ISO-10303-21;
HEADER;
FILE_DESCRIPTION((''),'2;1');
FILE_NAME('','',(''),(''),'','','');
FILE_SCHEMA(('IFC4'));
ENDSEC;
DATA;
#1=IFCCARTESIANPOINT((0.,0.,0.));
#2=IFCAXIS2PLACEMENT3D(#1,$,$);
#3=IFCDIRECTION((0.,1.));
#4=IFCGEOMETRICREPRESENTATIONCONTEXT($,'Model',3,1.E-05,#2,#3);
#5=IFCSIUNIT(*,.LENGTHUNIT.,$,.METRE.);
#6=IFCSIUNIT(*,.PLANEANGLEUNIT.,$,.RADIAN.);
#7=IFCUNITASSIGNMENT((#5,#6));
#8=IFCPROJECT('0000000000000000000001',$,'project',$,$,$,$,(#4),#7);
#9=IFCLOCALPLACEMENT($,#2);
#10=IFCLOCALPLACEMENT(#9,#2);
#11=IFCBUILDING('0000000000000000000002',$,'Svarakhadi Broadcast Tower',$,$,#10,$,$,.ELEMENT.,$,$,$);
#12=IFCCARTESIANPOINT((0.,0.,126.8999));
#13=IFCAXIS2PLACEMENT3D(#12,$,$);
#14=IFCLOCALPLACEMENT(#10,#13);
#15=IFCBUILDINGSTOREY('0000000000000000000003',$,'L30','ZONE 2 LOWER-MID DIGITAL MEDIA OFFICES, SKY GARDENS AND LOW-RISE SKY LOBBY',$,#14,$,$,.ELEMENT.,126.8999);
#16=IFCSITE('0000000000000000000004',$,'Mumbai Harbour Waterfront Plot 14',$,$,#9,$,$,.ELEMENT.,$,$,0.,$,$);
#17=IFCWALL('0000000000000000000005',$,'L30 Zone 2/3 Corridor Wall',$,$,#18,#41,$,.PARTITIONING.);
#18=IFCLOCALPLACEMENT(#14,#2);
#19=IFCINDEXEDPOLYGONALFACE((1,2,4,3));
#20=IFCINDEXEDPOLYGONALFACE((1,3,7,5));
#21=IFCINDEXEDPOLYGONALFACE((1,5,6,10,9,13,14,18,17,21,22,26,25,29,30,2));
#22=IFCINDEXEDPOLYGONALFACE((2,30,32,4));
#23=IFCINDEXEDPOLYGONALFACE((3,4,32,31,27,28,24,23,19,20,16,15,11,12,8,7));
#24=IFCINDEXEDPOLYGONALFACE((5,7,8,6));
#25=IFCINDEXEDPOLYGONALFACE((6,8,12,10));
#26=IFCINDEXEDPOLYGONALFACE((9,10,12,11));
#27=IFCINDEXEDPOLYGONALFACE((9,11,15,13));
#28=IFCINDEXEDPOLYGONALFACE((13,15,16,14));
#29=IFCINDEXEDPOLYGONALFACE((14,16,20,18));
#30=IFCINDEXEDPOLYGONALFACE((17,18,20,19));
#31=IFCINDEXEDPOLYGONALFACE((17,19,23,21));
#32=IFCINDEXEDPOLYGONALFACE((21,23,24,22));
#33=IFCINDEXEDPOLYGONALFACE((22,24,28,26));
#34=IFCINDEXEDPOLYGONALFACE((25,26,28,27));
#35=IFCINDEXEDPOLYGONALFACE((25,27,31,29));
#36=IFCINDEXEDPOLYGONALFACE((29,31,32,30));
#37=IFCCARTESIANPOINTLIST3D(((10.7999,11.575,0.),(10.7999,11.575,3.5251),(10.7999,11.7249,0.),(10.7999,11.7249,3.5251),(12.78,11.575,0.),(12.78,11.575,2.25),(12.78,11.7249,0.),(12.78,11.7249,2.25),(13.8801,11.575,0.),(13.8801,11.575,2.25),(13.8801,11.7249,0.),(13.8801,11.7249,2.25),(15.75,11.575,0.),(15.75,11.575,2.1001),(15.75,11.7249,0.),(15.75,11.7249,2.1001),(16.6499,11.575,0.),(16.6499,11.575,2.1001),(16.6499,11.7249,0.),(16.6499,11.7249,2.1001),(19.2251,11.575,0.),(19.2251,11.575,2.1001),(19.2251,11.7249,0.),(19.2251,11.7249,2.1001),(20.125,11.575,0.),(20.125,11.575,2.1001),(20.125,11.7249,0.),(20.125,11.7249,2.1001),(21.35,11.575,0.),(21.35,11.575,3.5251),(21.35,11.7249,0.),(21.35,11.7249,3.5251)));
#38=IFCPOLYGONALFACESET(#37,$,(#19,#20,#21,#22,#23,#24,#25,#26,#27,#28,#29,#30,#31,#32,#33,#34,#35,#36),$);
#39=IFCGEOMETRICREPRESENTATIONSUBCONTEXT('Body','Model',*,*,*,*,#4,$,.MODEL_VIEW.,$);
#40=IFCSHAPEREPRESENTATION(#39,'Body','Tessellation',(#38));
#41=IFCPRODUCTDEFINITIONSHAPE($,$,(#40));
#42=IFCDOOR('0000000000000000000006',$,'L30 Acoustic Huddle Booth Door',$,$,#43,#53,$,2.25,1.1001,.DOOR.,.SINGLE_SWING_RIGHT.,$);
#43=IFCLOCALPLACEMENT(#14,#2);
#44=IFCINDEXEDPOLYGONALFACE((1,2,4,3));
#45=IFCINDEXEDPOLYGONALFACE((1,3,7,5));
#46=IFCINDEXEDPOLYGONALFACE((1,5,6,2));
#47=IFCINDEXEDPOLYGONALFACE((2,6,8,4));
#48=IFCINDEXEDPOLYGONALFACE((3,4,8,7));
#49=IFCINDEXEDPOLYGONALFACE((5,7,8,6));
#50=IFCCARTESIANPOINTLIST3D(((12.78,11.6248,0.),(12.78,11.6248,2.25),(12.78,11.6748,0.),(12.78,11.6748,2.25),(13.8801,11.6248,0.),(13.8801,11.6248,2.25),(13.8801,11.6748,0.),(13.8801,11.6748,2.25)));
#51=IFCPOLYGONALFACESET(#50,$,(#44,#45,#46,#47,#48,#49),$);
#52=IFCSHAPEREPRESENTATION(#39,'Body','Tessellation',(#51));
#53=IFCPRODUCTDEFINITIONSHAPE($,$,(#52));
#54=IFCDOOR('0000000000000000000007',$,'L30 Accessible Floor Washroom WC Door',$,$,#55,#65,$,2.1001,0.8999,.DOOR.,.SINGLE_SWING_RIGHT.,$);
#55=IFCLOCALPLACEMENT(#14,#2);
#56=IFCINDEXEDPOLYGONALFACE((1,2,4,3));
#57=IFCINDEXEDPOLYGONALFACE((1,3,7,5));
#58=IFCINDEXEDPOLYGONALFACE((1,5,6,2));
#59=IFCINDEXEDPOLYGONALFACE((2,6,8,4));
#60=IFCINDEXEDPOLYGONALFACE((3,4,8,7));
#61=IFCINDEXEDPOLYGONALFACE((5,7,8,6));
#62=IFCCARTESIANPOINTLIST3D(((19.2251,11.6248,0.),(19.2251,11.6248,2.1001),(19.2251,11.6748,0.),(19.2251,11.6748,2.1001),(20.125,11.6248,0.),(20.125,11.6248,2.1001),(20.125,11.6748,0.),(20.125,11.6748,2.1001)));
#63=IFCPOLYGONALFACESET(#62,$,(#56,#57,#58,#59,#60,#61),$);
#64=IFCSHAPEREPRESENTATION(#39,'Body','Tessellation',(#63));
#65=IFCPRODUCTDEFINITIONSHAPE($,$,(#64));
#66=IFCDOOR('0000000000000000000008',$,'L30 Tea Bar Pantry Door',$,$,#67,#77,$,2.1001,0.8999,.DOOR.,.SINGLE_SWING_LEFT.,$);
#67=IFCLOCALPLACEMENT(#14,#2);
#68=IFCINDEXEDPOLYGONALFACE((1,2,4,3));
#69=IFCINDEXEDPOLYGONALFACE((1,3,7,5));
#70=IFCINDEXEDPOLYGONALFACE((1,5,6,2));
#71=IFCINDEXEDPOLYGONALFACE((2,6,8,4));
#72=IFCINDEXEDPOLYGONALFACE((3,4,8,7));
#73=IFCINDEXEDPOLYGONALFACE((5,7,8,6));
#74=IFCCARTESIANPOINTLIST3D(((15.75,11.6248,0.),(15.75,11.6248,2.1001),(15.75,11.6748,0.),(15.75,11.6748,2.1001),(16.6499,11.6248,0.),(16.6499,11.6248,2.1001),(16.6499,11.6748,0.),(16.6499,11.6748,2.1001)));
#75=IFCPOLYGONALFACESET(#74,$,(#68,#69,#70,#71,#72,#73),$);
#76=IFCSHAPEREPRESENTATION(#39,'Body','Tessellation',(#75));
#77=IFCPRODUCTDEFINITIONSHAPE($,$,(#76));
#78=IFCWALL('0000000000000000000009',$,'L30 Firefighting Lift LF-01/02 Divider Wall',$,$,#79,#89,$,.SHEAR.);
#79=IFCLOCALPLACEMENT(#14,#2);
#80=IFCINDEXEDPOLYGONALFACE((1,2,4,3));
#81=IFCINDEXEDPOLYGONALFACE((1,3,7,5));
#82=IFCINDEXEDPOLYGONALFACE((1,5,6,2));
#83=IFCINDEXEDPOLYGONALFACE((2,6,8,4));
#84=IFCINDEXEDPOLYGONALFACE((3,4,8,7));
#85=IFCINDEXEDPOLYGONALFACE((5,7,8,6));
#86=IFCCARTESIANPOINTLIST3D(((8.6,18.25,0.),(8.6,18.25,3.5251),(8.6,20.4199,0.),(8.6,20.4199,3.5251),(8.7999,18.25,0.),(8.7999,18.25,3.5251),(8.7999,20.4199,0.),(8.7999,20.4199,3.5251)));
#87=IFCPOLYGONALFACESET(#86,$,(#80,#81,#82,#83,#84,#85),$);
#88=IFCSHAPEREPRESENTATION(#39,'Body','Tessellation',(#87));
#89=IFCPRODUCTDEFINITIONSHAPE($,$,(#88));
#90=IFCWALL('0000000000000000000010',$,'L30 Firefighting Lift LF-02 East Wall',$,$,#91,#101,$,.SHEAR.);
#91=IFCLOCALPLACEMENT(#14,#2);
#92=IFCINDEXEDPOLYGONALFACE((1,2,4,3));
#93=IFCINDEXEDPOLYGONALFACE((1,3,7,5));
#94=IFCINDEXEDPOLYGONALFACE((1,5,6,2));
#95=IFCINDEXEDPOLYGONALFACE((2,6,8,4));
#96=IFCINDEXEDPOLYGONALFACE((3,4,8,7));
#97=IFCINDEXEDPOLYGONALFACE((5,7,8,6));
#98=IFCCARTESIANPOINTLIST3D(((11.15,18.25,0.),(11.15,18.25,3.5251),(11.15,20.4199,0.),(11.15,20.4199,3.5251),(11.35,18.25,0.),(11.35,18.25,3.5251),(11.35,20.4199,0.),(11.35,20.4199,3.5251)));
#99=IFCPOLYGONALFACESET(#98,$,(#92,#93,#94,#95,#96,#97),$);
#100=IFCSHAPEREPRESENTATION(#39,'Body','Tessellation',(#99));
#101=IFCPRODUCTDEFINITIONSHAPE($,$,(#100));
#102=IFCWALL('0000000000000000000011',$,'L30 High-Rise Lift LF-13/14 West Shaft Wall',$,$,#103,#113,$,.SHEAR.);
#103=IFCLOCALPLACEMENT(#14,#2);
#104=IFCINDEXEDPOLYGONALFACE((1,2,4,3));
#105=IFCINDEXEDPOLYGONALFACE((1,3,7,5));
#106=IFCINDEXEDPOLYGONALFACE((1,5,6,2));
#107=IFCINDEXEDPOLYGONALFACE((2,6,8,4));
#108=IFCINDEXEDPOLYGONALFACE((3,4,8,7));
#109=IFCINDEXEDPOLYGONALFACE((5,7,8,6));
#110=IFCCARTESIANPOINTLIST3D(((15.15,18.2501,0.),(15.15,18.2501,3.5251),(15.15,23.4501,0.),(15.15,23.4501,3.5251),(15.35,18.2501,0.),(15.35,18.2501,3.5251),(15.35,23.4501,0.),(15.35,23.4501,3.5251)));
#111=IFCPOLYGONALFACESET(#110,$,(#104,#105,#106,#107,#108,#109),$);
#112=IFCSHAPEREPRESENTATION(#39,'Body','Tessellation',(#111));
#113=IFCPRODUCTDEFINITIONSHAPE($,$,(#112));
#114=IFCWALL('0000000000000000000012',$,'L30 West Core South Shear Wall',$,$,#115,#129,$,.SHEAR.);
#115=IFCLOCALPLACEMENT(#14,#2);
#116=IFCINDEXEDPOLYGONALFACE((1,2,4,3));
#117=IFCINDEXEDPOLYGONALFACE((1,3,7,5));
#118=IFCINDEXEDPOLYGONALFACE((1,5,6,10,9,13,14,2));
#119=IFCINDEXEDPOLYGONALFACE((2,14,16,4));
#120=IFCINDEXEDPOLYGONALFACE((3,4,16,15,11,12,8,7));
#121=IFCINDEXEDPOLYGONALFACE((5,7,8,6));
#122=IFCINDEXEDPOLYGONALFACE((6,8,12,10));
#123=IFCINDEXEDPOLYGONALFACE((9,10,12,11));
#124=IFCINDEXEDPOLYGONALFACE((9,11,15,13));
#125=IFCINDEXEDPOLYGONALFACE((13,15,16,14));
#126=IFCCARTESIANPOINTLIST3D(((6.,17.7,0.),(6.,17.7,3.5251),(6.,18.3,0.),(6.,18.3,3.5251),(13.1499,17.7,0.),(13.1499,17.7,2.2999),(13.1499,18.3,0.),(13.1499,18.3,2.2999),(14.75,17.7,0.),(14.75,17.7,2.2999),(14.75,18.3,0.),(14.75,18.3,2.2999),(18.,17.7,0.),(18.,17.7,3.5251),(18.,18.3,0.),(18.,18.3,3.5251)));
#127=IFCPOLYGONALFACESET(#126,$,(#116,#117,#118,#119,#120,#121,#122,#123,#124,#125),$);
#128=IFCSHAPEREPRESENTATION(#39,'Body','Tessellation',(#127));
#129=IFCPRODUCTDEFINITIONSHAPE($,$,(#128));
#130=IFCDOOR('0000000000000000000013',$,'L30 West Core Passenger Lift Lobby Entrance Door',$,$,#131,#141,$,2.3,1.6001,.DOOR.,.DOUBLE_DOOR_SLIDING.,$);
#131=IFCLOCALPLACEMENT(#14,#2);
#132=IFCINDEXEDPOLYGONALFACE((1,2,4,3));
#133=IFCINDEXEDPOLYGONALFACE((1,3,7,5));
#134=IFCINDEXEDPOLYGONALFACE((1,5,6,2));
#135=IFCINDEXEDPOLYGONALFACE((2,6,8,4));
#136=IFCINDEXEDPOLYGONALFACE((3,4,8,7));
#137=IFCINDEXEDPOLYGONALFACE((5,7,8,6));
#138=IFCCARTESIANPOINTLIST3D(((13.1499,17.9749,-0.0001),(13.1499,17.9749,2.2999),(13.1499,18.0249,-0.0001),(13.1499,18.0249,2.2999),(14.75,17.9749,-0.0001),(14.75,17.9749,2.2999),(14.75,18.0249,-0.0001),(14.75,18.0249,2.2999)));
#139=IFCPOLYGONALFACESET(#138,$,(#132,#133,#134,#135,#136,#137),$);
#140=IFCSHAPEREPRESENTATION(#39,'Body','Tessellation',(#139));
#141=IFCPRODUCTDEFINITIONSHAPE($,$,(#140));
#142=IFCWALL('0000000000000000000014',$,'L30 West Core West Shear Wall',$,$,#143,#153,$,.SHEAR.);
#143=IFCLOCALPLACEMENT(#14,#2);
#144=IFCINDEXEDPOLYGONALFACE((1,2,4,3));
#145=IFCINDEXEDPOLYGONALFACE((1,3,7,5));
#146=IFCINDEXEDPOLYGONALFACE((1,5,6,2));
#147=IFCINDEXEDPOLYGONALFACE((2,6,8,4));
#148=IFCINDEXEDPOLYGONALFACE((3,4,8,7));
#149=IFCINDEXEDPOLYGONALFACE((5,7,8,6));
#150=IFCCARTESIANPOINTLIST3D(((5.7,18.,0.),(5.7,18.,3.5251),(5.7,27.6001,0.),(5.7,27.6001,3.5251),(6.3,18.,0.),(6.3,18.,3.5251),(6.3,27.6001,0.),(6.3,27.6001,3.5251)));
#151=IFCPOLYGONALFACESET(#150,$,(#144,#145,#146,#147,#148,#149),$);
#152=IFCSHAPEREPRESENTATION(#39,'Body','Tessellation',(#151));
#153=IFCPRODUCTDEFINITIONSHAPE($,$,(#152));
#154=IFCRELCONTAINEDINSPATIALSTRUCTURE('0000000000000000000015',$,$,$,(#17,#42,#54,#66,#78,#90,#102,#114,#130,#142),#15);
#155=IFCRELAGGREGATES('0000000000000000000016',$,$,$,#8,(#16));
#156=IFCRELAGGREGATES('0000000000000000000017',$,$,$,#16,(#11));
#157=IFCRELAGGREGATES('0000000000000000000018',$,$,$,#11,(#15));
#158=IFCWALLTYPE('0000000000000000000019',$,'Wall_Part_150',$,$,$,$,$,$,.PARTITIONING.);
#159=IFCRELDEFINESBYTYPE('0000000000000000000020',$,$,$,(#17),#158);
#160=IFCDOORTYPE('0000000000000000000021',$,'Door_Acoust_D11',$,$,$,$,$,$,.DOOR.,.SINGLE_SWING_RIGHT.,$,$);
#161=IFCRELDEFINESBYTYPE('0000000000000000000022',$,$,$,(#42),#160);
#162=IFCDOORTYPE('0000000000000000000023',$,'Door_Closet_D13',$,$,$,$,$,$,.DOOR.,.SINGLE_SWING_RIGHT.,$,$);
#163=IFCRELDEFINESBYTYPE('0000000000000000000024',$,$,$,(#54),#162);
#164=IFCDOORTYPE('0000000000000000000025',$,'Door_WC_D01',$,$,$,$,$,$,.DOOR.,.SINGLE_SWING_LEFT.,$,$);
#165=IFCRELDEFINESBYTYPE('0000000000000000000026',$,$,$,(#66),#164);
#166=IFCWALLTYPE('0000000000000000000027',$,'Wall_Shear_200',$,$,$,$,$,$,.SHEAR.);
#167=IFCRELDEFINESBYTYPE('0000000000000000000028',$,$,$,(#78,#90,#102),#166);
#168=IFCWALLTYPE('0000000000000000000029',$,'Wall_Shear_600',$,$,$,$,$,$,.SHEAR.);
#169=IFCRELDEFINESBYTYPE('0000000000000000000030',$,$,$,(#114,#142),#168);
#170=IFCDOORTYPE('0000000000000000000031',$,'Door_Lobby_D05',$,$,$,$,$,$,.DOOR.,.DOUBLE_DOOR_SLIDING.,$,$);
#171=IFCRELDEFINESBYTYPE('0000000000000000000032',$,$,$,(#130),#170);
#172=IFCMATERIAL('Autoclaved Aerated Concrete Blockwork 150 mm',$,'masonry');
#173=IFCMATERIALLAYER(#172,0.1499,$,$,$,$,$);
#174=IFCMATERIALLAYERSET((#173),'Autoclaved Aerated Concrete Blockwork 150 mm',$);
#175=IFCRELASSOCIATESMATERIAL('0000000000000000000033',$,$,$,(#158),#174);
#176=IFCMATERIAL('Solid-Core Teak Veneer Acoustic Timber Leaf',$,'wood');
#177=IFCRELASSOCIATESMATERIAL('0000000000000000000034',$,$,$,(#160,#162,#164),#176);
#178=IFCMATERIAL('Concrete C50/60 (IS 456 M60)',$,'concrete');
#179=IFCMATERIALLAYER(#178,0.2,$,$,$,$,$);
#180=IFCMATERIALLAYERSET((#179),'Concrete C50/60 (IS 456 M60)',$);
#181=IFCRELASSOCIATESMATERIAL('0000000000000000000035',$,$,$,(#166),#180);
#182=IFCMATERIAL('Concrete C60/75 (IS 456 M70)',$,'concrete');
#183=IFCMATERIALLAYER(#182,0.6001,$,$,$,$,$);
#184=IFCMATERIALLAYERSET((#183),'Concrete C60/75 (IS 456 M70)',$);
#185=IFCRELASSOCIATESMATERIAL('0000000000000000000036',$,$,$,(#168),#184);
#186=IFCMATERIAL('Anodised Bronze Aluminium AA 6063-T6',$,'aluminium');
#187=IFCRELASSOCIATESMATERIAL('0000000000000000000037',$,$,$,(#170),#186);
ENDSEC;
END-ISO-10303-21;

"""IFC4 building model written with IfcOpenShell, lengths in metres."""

from ifc_helpers import new_model, si_unit, direction, frame, frame_2d, origin, place, context, subcontext, project, spatial, rectangle, extrude, material, layer, layer_set, type_object, element, fill, save


model = new_model("IFC4")

# Units and contexts
model_context = context("Model", 3, precision=1e-05, world=origin(), true_north=direction((0.0, 1.0)))
body_context = subcontext(model_context, "Body", "Model", "MODEL_VIEW")
ifc_project = project(units=[si_unit("LENGTHUNIT", "METRE"), si_unit("PLANEANGLEUNIT", "RADIAN")], contexts=[model_context])

# Site, building, storey
site_placement = place(None, origin())
site = spatial("IfcSite", under=ifc_project, at=site_placement, Name="Mumbai Harbour Waterfront Plot 14", CompositionType="ELEMENT", RefElevation=0.0)
building_placement = place(site_placement, origin())
building = spatial("IfcBuilding", under=site, at=building_placement, Name="Svarakhadi Broadcast Tower", CompositionType="ELEMENT")
storey_placement = place(building_placement, frame((0.0, 0.0, 126.8999)))
storey = spatial("IfcBuildingStorey", under=building, at=storey_placement, Name="L30", Description="ZONE 2 LOWER-MID DIGITAL MEDIA OFFICES, SKY GARDENS AND LOW-RISE SKY LOBBY", CompositionType="ELEMENT", Elevation=126.8999)

# Shared definitions
ifc_material_1 = material(Name="Concrete C50/60 (IS 456 M60)", Category="concrete")

# Shared definitions
ifc_material_2 = material(Name="Autoclaved Aerated Concrete Blockwork 150 mm", Category="masonry")
ifc_layer_1 = layer(ifc_material_2, 0.1499)
ifc_layer_set_1 = layer_set([ifc_layer_1], Name="Autoclaved Aerated Concrete Blockwork 150 mm")
wall_type_1 = type_object("IfcWallType", Name="Wall_Part_150", PredefinedType="PARTITIONING", material=ifc_layer_set_1)

# Shared definitions
ifc_material_3 = material(Name="Solid-Core Teak Veneer Acoustic Timber Leaf", Category="wood")

# Wall, openings, doors
wall_1_placement = place(storey_placement, frame((10.8, 11.6499, 0.0), z_axis=(0.0, 0.0, 1.0), x_axis=(1.0, 0.0, 0.0)))
wall_1 = element("IfcWall", 1, at=wall_1_placement, inside=storey, type_object=wall_type_1, Name="L30 Zone 2/3 Corridor Wall", PredefinedType="PARTITIONING", context=body_context, shape_type="SweptSolid", body=[
    extrude(rectangle(XDim=10.55, YDim=0.1499, at=frame_2d((5.2749, 0.0))), origin(), (0.0, 0.0, 1.0), 3.5251),
])
opening_1_placement = place(wall_1_placement, frame((1.98, 0.0, 0.0)))
opening_1 = element("IfcOpeningElement", 2, at=opening_1_placement, cuts=wall_1, PredefinedType="OPENING", context=body_context, shape_type="SweptSolid", body=[
    extrude(rectangle(XDim=1.1001, YDim=2.25, at=frame_2d((0.55, 1.125))), frame((0.0, 0.085, 0.0), z_axis=(0.0, -1.0, 0.0), x_axis=(1.0, 0.0, 0.0)), (0.0, 0.0, 1.0), 0.1699),
])
opening_2_placement = place(wall_1_placement, frame((4.95, 0.0, 0.0)))
opening_2 = element("IfcOpeningElement", 3, at=opening_2_placement, cuts=wall_1, PredefinedType="OPENING", context=body_context, shape_type="SweptSolid", body=[
    extrude(rectangle(XDim=0.8999, YDim=2.1001, at=frame_2d((0.45, 1.05))), frame((0.0, 0.085, 0.0), z_axis=(0.0, -1.0, 0.0), x_axis=(1.0, 0.0, 0.0)), (0.0, 0.0, 1.0), 0.1699),
])
opening_3_placement = place(wall_1_placement, frame((8.425, 0.0, 0.0)))
opening_3 = element("IfcOpeningElement", 4, at=opening_3_placement, cuts=wall_1, PredefinedType="OPENING", context=body_context, shape_type="SweptSolid", body=[
    extrude(rectangle(XDim=0.8999, YDim=2.1001, at=frame_2d((0.45, 1.05))), frame((0.0, 0.085, 0.0), z_axis=(0.0, -1.0, 0.0), x_axis=(1.0, 0.0, 0.0)), (0.0, 0.0, 1.0), 0.1699),
])
door_type_1 = type_object("IfcDoorType", Name="Door_Acoust_D11", OperationType="SINGLE_SWING_RIGHT", PredefinedType="DOOR", material=ifc_material_3)
door_1_placement = place(opening_1_placement, origin())
door_1 = element("IfcDoor", 5, at=door_1_placement, inside=storey, type_object=door_type_1, Name="L30 Acoustic Huddle Booth Door", OperationType="SINGLE_SWING_RIGHT", OverallHeight=2.25, OverallWidth=1.1001, PredefinedType="DOOR", context=body_context, shape_type="SweptSolid", body=[
    extrude(rectangle(XDim=1.1001, YDim=2.25, at=frame_2d((0.55, 1.125))), frame((0.0, 0.0249, 0.0), z_axis=(0.0, -1.0, 0.0), x_axis=(1.0, 0.0, 0.0)), (0.0, 0.0, 1.0), 0.05),
])
fill(opening_1, door_1)
door_type_2 = type_object("IfcDoorType", Name="Door_Closet_D13", OperationType="SINGLE_SWING_RIGHT", PredefinedType="DOOR", material=ifc_material_3)
door_2_placement = place(opening_3_placement, origin())
door_2 = element("IfcDoor", 6, at=door_2_placement, inside=storey, type_object=door_type_2, Name="L30 Accessible Floor Washroom WC Door", OperationType="SINGLE_SWING_RIGHT", OverallHeight=2.1001, OverallWidth=0.8999, PredefinedType="DOOR", context=body_context, shape_type="SweptSolid", body=[
    extrude(rectangle(XDim=0.8999, YDim=2.1001, at=frame_2d((0.45, 1.05))), frame((0.0, 0.0249, 0.0), z_axis=(0.0, -1.0, 0.0), x_axis=(1.0, 0.0, 0.0)), (0.0, 0.0, 1.0), 0.05),
])
fill(opening_3, door_2)
door_type_3 = type_object("IfcDoorType", Name="Door_WC_D01", OperationType="SINGLE_SWING_LEFT", PredefinedType="DOOR", material=ifc_material_3)
door_3_placement = place(opening_2_placement, origin())
door_3 = element("IfcDoor", 7, at=door_3_placement, inside=storey, type_object=door_type_3, Name="L30 Tea Bar Pantry Door", OperationType="SINGLE_SWING_LEFT", OverallHeight=2.1001, OverallWidth=0.8999, PredefinedType="DOOR", context=body_context, shape_type="SweptSolid", body=[
    extrude(rectangle(XDim=0.8999, YDim=2.1001, at=frame_2d((0.45, 1.05))), frame((0.0, 0.0249, 0.0), z_axis=(0.0, -1.0, 0.0), x_axis=(1.0, 0.0, 0.0)), (0.0, 0.0, 1.0), 0.05),
])
fill(opening_2, door_3)

# Walls
ifc_layer_2 = layer(ifc_material_1, 0.2)
ifc_layer_set_2 = layer_set([ifc_layer_2], Name="Concrete C50/60 (IS 456 M60)")
wall_type_2 = type_object("IfcWallType", Name="Wall_Shear_200", PredefinedType="SHEAR", material=ifc_layer_set_2)
for number, where, z_axis, x_axis, name in (
    (8, (8.7, 18.25, 0.0), (0.0, 0.0, 1.0), (0.0, 1.0, 0.0), "L30 Firefighting Lift LF-01/02 Divider Wall"),
    (9, (11.25, 18.25, 0.0), (0.0, 0.0, 1.0), (0.0, 1.0, 0.0), "L30 Firefighting Lift LF-02 East Wall"),
):
    element("IfcWall", number, at=place(storey_placement, frame(where, z_axis=z_axis, x_axis=x_axis)), inside=storey, type_object=wall_type_2, Name=name, PredefinedType="SHEAR", context=body_context, shape_type="SweptSolid", body=[
        extrude(rectangle(XDim=2.1699, YDim=0.2, at=frame_2d((1.085, 0.0))), origin(), (0.0, 0.0, 1.0), 3.5251),
    ])
wall_2_placement = place(storey_placement, frame((15.25, 18.25, 0.0), z_axis=(0.0, 0.0, 1.0), x_axis=(0.0, 1.0, 0.0)))
element("IfcWall", 10, at=wall_2_placement, inside=storey, type_object=wall_type_2, Name="L30 High-Rise Lift LF-13/14 West Shaft Wall", PredefinedType="SHEAR", context=body_context, shape_type="SweptSolid", body=[
    extrude(rectangle(XDim=5.2, YDim=0.2, at=frame_2d((2.6001, 0.0))), origin(), (0.0, 0.0, 1.0), 3.5251),
])

# Wall, opening, door
ifc_material_4 = material(Name="Concrete C60/75 (IS 456 M70)", Category="concrete")
ifc_layer_3 = layer(ifc_material_4, 0.6001)
ifc_layer_set_3 = layer_set([ifc_layer_3], Name="Concrete C60/75 (IS 456 M70)")
wall_type_3 = type_object("IfcWallType", Name="Wall_Shear_600", PredefinedType="SHEAR", material=ifc_layer_set_3)
wall_3_placement = place(storey_placement, frame((6.0, 18.0, 0.0), z_axis=(0.0, 0.0, 1.0), x_axis=(1.0, 0.0, 0.0)))
wall_3 = element("IfcWall", 11, at=wall_3_placement, inside=storey, type_object=wall_type_3, Name="L30 West Core South Shear Wall", PredefinedType="SHEAR", context=body_context, shape_type="SweptSolid", body=[
    extrude(rectangle(XDim=12.0, YDim=0.6001, at=frame_2d((6.0, 0.0))), origin(), (0.0, 0.0, 1.0), 3.5251),
])
opening_4_placement = place(wall_3_placement, frame((7.1499, 0.0, 0.0)))
opening_4 = element("IfcOpeningElement", 12, at=opening_4_placement, cuts=wall_3, PredefinedType="OPENING", context=body_context, shape_type="SweptSolid", body=[
    extrude(rectangle(XDim=1.6001, YDim=2.3, at=frame_2d((0.8, 1.1499))), frame((0.0, 0.3101, 0.0), z_axis=(0.0, -1.0, 0.0), x_axis=(1.0, 0.0, 0.0)), (0.0, 0.0, 1.0), 0.6201),
])
ifc_material_5 = material(Name="Anodised Bronze Aluminium AA 6063-T6", Category="aluminium")
door_type_4 = type_object("IfcDoorType", Name="Door_Lobby_D05", OperationType="DOUBLE_DOOR_SLIDING", PredefinedType="DOOR", material=ifc_material_5)
door_4_placement = place(opening_4_placement, origin())
door_4 = element("IfcDoor", 13, at=door_4_placement, inside=storey, type_object=door_type_4, Name="L30 West Core Passenger Lift Lobby Entrance Door", OperationType="DOUBLE_DOOR_SLIDING", OverallHeight=2.3, OverallWidth=1.6001, PredefinedType="DOOR", context=body_context, shape_type="SweptSolid", body=[
    extrude(rectangle(XDim=1.6001, YDim=2.3, at=frame_2d((0.8, 1.1499))), frame((0.0, 0.0249, 0.0), z_axis=(0.0, -1.0, 0.0), x_axis=(1.0, 0.0, 0.0)), (0.0, 0.0, 1.0), 0.05),
])
fill(opening_4, door_4)

# Wall
wall_4_placement = place(storey_placement, frame((6.0, 18.0, 0.0), z_axis=(0.0, 0.0, 1.0), x_axis=(0.0, 1.0, 0.0)))
element("IfcWall", 14, at=wall_4_placement, inside=storey, type_object=wall_type_3, Name="L30 West Core West Shear Wall", PredefinedType="SHEAR", context=body_context, shape_type="SweptSolid", body=[
    extrude(rectangle(XDim=9.6001, YDim=0.6001, at=frame_2d((4.8, 0.0))), origin(), (0.0, 0.0, 1.0), 3.5251),
])

save(model, "model.ifc")
